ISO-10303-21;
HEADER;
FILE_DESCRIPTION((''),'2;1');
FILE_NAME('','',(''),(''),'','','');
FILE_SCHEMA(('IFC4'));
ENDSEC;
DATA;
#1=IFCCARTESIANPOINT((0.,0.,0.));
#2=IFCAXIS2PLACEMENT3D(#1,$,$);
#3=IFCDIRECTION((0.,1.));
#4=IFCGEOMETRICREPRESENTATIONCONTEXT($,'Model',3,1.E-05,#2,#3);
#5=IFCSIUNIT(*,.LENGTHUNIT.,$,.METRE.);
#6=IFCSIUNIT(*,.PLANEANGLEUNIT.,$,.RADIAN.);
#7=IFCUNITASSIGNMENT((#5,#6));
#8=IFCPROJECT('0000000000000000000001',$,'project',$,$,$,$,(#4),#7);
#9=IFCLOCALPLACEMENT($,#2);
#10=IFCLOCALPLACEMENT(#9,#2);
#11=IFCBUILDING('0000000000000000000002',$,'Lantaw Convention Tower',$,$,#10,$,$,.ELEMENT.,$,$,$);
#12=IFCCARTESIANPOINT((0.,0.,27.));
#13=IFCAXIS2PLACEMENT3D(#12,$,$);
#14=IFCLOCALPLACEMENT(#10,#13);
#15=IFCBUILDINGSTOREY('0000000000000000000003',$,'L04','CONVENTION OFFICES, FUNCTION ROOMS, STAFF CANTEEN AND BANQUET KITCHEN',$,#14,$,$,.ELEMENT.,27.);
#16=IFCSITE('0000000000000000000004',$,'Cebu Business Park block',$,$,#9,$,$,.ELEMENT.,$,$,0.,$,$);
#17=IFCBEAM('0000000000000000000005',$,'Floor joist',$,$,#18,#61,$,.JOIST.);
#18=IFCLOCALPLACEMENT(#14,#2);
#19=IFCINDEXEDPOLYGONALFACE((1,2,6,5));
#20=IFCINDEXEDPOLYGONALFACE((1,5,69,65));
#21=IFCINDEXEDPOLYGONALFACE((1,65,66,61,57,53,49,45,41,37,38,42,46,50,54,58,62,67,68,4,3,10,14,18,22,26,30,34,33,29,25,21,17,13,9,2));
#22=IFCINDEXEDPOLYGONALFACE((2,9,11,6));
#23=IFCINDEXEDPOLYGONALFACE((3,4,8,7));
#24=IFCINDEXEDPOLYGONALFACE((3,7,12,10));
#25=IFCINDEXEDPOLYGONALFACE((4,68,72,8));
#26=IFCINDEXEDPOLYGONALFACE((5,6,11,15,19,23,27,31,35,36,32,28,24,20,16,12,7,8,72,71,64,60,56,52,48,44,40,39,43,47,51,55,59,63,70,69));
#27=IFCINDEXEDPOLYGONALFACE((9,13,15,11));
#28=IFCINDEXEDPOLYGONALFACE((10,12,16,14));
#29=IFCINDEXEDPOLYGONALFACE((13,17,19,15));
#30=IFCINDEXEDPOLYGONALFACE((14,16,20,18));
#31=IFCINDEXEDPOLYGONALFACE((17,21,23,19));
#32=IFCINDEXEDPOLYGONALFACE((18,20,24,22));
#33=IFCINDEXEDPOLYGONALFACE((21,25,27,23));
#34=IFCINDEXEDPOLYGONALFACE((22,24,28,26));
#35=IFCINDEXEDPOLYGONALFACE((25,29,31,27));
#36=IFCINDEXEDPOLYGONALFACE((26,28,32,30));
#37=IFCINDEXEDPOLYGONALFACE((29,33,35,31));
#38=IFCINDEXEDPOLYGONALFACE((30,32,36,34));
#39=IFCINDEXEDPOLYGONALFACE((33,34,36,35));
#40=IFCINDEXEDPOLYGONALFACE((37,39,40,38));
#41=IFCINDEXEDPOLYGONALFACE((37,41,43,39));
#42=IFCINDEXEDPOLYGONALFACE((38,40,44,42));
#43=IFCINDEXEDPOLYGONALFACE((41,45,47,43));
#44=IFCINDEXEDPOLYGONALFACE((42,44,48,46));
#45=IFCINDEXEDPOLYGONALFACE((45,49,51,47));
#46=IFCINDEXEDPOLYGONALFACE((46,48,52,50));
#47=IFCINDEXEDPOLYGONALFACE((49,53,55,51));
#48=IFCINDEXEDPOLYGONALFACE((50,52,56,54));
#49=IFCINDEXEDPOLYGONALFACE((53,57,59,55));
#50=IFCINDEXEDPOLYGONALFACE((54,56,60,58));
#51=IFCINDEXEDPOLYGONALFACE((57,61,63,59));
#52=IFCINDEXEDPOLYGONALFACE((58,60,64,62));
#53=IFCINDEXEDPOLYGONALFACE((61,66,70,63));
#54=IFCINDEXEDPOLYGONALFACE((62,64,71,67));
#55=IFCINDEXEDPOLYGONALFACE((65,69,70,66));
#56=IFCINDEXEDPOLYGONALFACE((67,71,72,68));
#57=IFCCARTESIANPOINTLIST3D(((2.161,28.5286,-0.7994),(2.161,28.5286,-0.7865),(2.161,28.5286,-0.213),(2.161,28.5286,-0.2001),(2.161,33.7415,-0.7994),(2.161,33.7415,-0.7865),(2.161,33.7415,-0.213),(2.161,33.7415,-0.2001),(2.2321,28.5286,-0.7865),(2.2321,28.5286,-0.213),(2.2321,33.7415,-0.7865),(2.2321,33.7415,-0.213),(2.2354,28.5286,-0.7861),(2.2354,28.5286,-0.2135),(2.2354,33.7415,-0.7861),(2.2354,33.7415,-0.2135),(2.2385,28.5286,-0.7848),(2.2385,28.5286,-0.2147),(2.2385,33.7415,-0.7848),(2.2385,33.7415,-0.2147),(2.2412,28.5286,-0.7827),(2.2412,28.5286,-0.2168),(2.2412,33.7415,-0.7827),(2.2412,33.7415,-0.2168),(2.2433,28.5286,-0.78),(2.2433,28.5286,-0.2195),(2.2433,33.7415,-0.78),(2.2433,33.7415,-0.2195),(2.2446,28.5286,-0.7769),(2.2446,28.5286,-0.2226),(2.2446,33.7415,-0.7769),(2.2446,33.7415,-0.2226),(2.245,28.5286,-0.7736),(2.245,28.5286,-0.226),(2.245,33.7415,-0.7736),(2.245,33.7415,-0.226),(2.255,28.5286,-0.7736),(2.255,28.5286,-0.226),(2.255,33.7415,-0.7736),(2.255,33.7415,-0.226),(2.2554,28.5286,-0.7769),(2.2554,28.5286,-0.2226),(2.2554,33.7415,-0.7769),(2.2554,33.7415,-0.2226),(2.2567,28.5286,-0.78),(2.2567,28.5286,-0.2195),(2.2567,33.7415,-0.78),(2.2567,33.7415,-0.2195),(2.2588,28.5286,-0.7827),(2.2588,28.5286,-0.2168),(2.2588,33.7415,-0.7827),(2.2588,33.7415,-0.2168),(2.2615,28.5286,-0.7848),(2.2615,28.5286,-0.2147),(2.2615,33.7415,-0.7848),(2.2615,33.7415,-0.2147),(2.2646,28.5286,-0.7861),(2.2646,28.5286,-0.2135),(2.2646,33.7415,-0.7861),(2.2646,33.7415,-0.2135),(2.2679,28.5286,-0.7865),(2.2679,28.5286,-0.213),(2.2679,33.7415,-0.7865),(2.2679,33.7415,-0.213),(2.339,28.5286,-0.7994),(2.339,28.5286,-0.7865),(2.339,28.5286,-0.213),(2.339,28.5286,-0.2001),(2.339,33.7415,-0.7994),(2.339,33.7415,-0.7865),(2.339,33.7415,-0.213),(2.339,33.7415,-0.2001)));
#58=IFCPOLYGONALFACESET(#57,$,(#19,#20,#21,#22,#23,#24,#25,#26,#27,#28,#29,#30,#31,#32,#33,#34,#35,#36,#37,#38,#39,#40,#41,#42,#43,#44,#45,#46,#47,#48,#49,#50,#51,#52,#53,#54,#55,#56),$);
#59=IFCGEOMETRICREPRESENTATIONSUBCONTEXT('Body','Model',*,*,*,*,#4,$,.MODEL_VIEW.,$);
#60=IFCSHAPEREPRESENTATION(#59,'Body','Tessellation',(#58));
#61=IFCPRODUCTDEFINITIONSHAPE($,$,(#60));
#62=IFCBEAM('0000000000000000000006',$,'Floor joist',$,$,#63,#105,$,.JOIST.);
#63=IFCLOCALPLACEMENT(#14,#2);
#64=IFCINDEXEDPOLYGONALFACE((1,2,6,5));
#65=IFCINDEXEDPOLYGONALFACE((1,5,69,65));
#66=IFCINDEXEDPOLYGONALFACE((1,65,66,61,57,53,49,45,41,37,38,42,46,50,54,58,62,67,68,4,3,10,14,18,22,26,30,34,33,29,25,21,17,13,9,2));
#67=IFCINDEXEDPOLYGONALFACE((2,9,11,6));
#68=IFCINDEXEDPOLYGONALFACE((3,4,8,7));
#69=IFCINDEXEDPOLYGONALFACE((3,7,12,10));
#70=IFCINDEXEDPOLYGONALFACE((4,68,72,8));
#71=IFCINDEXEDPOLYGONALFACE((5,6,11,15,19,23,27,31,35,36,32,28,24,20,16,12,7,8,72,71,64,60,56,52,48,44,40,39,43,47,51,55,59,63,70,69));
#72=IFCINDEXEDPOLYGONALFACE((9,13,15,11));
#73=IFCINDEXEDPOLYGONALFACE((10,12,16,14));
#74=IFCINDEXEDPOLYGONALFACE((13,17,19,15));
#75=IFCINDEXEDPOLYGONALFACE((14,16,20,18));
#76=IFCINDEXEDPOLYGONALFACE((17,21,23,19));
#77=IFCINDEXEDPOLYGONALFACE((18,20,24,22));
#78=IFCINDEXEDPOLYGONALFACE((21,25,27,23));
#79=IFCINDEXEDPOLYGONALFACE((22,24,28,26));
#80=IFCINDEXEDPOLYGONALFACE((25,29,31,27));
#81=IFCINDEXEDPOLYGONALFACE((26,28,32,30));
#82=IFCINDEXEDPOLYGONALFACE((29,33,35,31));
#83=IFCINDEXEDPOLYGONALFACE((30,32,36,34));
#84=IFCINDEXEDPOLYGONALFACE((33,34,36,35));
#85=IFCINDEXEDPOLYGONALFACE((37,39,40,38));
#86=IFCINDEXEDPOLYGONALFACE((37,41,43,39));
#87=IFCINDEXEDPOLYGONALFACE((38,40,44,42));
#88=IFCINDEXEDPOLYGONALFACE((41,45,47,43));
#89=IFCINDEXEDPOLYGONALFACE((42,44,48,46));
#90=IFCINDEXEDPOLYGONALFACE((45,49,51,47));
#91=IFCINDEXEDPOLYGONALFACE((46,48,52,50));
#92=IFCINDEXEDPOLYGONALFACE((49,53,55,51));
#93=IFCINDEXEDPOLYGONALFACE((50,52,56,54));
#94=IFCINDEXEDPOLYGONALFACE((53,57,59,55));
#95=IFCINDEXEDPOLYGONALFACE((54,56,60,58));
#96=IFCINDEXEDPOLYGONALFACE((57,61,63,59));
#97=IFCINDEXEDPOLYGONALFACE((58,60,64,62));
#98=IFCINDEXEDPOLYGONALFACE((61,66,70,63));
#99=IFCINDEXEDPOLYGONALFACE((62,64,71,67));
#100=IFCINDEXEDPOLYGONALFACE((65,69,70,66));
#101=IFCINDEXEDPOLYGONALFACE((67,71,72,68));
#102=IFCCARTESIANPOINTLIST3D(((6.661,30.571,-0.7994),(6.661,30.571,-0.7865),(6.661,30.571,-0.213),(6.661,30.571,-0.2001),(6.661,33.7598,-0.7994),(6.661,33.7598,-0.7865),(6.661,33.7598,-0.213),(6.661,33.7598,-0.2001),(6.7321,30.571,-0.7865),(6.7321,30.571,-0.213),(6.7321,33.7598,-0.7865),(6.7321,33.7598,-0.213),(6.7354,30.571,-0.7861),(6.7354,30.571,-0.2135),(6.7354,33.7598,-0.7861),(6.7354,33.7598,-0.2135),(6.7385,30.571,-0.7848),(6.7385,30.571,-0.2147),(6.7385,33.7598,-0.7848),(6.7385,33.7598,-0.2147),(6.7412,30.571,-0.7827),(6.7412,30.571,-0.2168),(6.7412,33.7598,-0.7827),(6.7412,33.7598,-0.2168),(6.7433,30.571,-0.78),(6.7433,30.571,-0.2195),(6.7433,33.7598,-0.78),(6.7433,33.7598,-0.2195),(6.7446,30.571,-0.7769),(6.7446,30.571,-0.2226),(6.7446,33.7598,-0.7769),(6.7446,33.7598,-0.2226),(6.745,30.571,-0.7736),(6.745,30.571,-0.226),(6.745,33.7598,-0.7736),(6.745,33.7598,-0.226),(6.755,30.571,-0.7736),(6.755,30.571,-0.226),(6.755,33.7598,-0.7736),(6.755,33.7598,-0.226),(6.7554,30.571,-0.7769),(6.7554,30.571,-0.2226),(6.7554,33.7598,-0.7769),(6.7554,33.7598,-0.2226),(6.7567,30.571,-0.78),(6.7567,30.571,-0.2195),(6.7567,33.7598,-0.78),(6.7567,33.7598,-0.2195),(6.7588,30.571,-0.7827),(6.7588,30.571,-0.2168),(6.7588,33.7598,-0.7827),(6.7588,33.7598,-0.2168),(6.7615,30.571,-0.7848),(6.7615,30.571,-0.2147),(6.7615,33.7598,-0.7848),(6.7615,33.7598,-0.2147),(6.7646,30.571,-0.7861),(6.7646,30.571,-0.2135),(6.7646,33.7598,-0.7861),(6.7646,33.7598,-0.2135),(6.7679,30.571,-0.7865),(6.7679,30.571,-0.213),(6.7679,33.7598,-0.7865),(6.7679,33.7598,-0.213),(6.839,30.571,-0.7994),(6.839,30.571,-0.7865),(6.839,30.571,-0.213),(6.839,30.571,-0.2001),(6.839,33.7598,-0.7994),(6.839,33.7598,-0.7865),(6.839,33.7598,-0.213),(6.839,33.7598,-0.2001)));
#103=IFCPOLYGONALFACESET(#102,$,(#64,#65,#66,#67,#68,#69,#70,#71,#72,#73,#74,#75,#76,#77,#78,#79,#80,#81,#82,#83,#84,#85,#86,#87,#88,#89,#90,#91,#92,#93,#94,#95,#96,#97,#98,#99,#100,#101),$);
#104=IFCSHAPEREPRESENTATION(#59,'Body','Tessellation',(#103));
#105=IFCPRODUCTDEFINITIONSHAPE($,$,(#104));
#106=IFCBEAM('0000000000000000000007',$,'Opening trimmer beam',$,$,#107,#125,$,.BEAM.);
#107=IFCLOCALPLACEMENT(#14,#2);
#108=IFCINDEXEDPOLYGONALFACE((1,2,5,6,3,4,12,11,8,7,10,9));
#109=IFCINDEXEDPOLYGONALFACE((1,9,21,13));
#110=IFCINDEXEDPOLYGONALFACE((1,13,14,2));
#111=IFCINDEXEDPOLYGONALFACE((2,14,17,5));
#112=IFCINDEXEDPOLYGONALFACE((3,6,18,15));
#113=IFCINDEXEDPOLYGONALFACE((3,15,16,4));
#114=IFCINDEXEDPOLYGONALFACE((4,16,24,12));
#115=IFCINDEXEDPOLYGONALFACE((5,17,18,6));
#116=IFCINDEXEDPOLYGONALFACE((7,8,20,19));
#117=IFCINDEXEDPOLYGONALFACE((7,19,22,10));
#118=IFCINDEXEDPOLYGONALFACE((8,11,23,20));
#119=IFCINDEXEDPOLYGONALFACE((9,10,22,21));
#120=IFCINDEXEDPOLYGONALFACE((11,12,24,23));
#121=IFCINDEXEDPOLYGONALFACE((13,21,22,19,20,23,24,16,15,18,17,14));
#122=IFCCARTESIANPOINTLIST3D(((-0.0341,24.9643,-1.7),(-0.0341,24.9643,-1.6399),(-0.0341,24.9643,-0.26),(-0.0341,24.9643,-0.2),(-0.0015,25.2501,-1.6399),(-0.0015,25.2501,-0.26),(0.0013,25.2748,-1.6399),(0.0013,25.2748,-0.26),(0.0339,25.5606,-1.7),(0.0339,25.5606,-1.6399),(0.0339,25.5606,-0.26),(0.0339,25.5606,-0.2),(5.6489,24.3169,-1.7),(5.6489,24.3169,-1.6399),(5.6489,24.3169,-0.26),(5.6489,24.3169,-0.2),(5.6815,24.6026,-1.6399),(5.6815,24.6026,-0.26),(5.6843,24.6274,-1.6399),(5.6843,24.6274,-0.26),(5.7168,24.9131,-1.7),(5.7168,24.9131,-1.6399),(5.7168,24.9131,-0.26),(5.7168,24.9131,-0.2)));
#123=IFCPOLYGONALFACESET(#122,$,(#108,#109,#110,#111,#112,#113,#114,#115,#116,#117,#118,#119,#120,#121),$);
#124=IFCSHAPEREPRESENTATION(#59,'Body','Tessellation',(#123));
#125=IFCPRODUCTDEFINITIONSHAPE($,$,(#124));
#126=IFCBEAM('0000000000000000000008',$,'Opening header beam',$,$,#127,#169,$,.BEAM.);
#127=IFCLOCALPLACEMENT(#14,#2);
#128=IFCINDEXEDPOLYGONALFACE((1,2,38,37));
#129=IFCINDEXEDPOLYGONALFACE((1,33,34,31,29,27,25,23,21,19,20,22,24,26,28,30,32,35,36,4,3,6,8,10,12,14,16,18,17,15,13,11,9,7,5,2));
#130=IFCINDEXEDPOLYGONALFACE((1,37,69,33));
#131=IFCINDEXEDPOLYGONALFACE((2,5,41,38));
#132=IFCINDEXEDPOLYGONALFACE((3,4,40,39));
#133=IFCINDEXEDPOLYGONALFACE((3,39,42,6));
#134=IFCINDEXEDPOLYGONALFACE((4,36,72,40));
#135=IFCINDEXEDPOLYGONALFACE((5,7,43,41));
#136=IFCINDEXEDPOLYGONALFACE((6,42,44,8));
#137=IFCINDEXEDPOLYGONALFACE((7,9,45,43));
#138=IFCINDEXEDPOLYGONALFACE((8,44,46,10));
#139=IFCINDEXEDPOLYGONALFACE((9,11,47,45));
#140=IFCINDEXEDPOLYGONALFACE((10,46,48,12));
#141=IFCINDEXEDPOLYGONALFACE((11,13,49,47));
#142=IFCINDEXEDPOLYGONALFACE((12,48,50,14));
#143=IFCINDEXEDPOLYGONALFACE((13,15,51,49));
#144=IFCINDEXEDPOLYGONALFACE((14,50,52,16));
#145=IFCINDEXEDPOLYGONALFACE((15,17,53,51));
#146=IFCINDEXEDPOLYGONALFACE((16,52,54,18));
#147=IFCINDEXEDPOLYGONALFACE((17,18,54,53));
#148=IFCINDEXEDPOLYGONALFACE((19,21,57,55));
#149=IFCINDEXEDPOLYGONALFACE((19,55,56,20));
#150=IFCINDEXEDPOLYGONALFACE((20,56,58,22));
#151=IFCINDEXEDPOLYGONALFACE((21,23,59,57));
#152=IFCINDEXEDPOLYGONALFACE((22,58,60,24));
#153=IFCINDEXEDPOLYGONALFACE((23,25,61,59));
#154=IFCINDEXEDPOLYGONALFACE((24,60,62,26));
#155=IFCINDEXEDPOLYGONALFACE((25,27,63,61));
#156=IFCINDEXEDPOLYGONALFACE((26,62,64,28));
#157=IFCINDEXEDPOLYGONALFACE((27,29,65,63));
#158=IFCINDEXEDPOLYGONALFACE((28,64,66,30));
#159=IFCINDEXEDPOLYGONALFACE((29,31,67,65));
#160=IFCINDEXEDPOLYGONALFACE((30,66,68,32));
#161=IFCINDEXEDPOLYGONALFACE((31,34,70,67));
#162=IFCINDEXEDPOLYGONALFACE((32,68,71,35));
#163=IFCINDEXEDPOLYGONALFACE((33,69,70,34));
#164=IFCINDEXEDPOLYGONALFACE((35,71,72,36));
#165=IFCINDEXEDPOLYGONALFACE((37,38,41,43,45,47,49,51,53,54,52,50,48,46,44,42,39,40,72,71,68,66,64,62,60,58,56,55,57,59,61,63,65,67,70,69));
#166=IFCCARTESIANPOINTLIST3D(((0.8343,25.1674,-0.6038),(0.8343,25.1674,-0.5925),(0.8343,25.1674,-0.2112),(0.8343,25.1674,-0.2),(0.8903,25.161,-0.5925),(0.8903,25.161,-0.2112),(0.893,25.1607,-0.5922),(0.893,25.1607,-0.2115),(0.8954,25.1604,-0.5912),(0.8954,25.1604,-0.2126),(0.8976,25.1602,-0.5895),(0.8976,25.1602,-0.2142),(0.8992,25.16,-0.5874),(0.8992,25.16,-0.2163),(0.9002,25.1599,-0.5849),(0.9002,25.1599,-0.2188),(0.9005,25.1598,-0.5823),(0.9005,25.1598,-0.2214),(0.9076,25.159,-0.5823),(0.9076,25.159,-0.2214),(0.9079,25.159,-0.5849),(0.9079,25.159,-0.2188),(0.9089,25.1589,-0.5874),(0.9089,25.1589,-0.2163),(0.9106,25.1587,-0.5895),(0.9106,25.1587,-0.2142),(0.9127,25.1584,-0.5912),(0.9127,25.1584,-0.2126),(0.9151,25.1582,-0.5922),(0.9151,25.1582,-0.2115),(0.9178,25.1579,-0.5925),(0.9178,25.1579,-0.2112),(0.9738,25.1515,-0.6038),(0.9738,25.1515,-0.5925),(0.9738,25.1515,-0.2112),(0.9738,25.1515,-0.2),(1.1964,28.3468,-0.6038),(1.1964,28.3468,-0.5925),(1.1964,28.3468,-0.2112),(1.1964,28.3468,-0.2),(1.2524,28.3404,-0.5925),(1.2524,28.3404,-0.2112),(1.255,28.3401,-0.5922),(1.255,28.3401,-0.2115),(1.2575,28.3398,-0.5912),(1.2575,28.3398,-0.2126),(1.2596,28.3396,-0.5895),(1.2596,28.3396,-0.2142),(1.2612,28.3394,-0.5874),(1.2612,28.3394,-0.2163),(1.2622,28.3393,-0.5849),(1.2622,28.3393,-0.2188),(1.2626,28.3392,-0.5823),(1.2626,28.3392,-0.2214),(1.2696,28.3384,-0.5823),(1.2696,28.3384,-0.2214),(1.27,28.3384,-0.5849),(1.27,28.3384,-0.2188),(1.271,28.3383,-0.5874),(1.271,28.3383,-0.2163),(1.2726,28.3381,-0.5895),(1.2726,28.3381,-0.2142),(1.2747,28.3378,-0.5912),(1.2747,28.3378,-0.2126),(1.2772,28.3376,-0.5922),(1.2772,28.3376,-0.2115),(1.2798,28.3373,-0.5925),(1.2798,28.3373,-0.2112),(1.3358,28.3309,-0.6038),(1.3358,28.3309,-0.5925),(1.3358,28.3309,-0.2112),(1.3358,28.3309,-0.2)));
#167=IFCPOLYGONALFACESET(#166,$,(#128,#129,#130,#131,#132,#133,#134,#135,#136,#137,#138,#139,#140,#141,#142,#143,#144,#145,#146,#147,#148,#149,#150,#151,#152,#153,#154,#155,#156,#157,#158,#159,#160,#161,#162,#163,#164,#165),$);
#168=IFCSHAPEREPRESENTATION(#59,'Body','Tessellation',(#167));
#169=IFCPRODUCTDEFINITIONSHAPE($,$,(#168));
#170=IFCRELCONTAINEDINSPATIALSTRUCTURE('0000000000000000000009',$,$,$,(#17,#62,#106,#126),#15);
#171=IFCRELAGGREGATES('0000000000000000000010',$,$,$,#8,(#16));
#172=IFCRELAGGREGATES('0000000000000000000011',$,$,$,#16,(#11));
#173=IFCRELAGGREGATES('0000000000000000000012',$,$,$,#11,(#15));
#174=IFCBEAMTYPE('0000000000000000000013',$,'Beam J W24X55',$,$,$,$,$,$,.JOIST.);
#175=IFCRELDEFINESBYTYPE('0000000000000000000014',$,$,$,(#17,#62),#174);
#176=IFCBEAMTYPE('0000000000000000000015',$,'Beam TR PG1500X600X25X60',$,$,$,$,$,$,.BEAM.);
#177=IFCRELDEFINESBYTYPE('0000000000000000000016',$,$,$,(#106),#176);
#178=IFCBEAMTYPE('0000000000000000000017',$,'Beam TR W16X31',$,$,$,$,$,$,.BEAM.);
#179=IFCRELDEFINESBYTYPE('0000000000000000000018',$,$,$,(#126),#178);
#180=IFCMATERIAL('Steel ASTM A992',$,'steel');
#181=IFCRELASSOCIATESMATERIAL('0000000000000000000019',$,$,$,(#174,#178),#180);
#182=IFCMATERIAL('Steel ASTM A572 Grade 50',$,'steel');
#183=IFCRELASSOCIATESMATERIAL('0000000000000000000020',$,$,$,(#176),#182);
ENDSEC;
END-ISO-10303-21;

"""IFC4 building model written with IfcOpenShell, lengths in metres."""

from ifc_helpers import new_model, si_unit, direction, frame, origin, origin_2d, place, context, subcontext, project, spatial, i_section, extrude, material, material_profile, profile_set, type_object, element, save


model = new_model("IFC4")

# Units and contexts
model_context = context("Model", 3, precision=1e-05, world=origin(), true_north=direction((0.0, 1.0)))
body_context = subcontext(model_context, "Body", "Model", "MODEL_VIEW")
ifc_project = project(units=[si_unit("LENGTHUNIT", "METRE"), si_unit("PLANEANGLEUNIT", "RADIAN")], contexts=[model_context])

# Site, building, storey
site_placement = place(None, origin())
site = spatial("IfcSite", under=ifc_project, at=site_placement, Name="Cebu Business Park block", CompositionType="ELEMENT", RefElevation=0.0)
building_placement = place(site_placement, origin())
building = spatial("IfcBuilding", under=site, at=building_placement, Name="Lantaw Convention Tower", CompositionType="ELEMENT")
storey_placement = place(building_placement, frame((0.0, 0.0, 27.0)))
storey = spatial("IfcBuildingStorey", under=building, at=storey_placement, Name="L04", Description="CONVENTION OFFICES, FUNCTION ROOMS, STAFF CANTEEN AND BANQUET KITCHEN", CompositionType="ELEMENT", Elevation=27.0)

# Shared definitions
ifc_material_1 = material(Name="Steel ASTM A572 Grade 50", Category="steel")

# Beams
ifc_material_2 = material(Name="Steel ASTM A992", Category="steel")
ifc_material_profile_1 = material_profile(ifc_material_2, i_section(OverallWidth=0.178, OverallDepth=0.5994, WebThickness=0.01, FlangeThickness=0.0129, FilletRadius=0.0129, at=origin_2d()), Name="W24X55")
ifc_profile_set_1 = profile_set([ifc_material_profile_1], Name="Steel ASTM A992")
beam_type_1 = type_object("IfcBeamType", Name="Beam J W24X55", PredefinedType="JOIST", material=ifc_profile_set_1)
beam_1_placement = place(storey_placement, frame((2.25, 28.5286, -0.4998), z_axis=(0.0, 1.0, 0.0), x_axis=(-1.0, 0.0, 0.0)))
element("IfcBeam", 1, at=beam_1_placement, inside=storey, type_object=beam_type_1, Name="Floor joist", PredefinedType="JOIST", context=body_context, shape_type="SweptSolid", body=[
    extrude(i_section(OverallWidth=0.178, OverallDepth=0.5994, WebThickness=0.01, FlangeThickness=0.0129, FilletRadius=0.0129, at=origin_2d()), origin(), (0.0, 0.0, 1.0), 5.2129),
])
beam_2_placement = place(storey_placement, frame((6.75, 30.571, -0.4998), z_axis=(0.0, 1.0, 0.0), x_axis=(-1.0, 0.0, 0.0)))
element("IfcBeam", 2, at=beam_2_placement, inside=storey, type_object=beam_type_1, Name="Floor joist", PredefinedType="JOIST", context=body_context, shape_type="SweptSolid", body=[
    extrude(i_section(OverallWidth=0.178, OverallDepth=0.5994, WebThickness=0.01, FlangeThickness=0.0129, FilletRadius=0.0129, at=origin_2d()), origin(), (0.0, 0.0, 1.0), 3.1887),
])
ifc_material_profile_2 = material_profile(ifc_material_1, i_section(OverallWidth=0.6001, OverallDepth=1.5, WebThickness=0.0249, FlangeThickness=0.0601, at=origin_2d()), Name="PG1500X600X25X60")
ifc_profile_set_2 = profile_set([ifc_material_profile_2], Name="Steel ASTM A572 Grade 50")
beam_type_2 = type_object("IfcBeamType", Name="Beam TR PG1500X600X25X60", PredefinedType="BEAM", material=ifc_profile_set_2)
beam_3_placement = place(storey_placement, frame((5.6829, 24.615, -0.95), z_axis=(-0.993572, 0.1132, 0.0), x_axis=(-0.1132, -0.993572, 0.0)))
element("IfcBeam", 3, at=beam_3_placement, inside=storey, type_object=beam_type_2, Name="Opening trimmer beam", PredefinedType="BEAM", context=body_context, shape_type="SweptSolid", body=[
    extrude(i_section(OverallWidth=0.6001, OverallDepth=1.5, WebThickness=0.0249, FlangeThickness=0.0601, at=origin_2d()), origin(), (0.0, 0.0, 1.0), 5.7197),
])
ifc_material_profile_3 = material_profile(ifc_material_2, i_section(OverallWidth=0.1404, OverallDepth=0.4038, WebThickness=0.0071, FlangeThickness=0.0112, FilletRadius=0.0103, at=origin_2d()), Name="W16X31")
ifc_profile_set_3 = profile_set([ifc_material_profile_3], Name="Steel ASTM A992")
beam_type_3 = type_object("IfcBeamType", Name="Beam TR W16X31", PredefinedType="BEAM", material=ifc_profile_set_3)
beam_4_placement = place(storey_placement, frame((0.9041, 25.1594, -0.4019), z_axis=(0.113144, 0.993579, 0.0), x_axis=(-0.993579, 0.113144, 0.0)))
element("IfcBeam", 4, at=beam_4_placement, inside=storey, type_object=beam_type_3, Name="Opening header beam", PredefinedType="BEAM", context=body_context, shape_type="SweptSolid", body=[
    extrude(i_section(OverallWidth=0.1404, OverallDepth=0.4038, WebThickness=0.0071, FlangeThickness=0.0112, FilletRadius=0.0103, at=origin_2d()), origin(), (0.0, 0.0, 1.0), 3.2),
])

save(model, "model.ifc")
